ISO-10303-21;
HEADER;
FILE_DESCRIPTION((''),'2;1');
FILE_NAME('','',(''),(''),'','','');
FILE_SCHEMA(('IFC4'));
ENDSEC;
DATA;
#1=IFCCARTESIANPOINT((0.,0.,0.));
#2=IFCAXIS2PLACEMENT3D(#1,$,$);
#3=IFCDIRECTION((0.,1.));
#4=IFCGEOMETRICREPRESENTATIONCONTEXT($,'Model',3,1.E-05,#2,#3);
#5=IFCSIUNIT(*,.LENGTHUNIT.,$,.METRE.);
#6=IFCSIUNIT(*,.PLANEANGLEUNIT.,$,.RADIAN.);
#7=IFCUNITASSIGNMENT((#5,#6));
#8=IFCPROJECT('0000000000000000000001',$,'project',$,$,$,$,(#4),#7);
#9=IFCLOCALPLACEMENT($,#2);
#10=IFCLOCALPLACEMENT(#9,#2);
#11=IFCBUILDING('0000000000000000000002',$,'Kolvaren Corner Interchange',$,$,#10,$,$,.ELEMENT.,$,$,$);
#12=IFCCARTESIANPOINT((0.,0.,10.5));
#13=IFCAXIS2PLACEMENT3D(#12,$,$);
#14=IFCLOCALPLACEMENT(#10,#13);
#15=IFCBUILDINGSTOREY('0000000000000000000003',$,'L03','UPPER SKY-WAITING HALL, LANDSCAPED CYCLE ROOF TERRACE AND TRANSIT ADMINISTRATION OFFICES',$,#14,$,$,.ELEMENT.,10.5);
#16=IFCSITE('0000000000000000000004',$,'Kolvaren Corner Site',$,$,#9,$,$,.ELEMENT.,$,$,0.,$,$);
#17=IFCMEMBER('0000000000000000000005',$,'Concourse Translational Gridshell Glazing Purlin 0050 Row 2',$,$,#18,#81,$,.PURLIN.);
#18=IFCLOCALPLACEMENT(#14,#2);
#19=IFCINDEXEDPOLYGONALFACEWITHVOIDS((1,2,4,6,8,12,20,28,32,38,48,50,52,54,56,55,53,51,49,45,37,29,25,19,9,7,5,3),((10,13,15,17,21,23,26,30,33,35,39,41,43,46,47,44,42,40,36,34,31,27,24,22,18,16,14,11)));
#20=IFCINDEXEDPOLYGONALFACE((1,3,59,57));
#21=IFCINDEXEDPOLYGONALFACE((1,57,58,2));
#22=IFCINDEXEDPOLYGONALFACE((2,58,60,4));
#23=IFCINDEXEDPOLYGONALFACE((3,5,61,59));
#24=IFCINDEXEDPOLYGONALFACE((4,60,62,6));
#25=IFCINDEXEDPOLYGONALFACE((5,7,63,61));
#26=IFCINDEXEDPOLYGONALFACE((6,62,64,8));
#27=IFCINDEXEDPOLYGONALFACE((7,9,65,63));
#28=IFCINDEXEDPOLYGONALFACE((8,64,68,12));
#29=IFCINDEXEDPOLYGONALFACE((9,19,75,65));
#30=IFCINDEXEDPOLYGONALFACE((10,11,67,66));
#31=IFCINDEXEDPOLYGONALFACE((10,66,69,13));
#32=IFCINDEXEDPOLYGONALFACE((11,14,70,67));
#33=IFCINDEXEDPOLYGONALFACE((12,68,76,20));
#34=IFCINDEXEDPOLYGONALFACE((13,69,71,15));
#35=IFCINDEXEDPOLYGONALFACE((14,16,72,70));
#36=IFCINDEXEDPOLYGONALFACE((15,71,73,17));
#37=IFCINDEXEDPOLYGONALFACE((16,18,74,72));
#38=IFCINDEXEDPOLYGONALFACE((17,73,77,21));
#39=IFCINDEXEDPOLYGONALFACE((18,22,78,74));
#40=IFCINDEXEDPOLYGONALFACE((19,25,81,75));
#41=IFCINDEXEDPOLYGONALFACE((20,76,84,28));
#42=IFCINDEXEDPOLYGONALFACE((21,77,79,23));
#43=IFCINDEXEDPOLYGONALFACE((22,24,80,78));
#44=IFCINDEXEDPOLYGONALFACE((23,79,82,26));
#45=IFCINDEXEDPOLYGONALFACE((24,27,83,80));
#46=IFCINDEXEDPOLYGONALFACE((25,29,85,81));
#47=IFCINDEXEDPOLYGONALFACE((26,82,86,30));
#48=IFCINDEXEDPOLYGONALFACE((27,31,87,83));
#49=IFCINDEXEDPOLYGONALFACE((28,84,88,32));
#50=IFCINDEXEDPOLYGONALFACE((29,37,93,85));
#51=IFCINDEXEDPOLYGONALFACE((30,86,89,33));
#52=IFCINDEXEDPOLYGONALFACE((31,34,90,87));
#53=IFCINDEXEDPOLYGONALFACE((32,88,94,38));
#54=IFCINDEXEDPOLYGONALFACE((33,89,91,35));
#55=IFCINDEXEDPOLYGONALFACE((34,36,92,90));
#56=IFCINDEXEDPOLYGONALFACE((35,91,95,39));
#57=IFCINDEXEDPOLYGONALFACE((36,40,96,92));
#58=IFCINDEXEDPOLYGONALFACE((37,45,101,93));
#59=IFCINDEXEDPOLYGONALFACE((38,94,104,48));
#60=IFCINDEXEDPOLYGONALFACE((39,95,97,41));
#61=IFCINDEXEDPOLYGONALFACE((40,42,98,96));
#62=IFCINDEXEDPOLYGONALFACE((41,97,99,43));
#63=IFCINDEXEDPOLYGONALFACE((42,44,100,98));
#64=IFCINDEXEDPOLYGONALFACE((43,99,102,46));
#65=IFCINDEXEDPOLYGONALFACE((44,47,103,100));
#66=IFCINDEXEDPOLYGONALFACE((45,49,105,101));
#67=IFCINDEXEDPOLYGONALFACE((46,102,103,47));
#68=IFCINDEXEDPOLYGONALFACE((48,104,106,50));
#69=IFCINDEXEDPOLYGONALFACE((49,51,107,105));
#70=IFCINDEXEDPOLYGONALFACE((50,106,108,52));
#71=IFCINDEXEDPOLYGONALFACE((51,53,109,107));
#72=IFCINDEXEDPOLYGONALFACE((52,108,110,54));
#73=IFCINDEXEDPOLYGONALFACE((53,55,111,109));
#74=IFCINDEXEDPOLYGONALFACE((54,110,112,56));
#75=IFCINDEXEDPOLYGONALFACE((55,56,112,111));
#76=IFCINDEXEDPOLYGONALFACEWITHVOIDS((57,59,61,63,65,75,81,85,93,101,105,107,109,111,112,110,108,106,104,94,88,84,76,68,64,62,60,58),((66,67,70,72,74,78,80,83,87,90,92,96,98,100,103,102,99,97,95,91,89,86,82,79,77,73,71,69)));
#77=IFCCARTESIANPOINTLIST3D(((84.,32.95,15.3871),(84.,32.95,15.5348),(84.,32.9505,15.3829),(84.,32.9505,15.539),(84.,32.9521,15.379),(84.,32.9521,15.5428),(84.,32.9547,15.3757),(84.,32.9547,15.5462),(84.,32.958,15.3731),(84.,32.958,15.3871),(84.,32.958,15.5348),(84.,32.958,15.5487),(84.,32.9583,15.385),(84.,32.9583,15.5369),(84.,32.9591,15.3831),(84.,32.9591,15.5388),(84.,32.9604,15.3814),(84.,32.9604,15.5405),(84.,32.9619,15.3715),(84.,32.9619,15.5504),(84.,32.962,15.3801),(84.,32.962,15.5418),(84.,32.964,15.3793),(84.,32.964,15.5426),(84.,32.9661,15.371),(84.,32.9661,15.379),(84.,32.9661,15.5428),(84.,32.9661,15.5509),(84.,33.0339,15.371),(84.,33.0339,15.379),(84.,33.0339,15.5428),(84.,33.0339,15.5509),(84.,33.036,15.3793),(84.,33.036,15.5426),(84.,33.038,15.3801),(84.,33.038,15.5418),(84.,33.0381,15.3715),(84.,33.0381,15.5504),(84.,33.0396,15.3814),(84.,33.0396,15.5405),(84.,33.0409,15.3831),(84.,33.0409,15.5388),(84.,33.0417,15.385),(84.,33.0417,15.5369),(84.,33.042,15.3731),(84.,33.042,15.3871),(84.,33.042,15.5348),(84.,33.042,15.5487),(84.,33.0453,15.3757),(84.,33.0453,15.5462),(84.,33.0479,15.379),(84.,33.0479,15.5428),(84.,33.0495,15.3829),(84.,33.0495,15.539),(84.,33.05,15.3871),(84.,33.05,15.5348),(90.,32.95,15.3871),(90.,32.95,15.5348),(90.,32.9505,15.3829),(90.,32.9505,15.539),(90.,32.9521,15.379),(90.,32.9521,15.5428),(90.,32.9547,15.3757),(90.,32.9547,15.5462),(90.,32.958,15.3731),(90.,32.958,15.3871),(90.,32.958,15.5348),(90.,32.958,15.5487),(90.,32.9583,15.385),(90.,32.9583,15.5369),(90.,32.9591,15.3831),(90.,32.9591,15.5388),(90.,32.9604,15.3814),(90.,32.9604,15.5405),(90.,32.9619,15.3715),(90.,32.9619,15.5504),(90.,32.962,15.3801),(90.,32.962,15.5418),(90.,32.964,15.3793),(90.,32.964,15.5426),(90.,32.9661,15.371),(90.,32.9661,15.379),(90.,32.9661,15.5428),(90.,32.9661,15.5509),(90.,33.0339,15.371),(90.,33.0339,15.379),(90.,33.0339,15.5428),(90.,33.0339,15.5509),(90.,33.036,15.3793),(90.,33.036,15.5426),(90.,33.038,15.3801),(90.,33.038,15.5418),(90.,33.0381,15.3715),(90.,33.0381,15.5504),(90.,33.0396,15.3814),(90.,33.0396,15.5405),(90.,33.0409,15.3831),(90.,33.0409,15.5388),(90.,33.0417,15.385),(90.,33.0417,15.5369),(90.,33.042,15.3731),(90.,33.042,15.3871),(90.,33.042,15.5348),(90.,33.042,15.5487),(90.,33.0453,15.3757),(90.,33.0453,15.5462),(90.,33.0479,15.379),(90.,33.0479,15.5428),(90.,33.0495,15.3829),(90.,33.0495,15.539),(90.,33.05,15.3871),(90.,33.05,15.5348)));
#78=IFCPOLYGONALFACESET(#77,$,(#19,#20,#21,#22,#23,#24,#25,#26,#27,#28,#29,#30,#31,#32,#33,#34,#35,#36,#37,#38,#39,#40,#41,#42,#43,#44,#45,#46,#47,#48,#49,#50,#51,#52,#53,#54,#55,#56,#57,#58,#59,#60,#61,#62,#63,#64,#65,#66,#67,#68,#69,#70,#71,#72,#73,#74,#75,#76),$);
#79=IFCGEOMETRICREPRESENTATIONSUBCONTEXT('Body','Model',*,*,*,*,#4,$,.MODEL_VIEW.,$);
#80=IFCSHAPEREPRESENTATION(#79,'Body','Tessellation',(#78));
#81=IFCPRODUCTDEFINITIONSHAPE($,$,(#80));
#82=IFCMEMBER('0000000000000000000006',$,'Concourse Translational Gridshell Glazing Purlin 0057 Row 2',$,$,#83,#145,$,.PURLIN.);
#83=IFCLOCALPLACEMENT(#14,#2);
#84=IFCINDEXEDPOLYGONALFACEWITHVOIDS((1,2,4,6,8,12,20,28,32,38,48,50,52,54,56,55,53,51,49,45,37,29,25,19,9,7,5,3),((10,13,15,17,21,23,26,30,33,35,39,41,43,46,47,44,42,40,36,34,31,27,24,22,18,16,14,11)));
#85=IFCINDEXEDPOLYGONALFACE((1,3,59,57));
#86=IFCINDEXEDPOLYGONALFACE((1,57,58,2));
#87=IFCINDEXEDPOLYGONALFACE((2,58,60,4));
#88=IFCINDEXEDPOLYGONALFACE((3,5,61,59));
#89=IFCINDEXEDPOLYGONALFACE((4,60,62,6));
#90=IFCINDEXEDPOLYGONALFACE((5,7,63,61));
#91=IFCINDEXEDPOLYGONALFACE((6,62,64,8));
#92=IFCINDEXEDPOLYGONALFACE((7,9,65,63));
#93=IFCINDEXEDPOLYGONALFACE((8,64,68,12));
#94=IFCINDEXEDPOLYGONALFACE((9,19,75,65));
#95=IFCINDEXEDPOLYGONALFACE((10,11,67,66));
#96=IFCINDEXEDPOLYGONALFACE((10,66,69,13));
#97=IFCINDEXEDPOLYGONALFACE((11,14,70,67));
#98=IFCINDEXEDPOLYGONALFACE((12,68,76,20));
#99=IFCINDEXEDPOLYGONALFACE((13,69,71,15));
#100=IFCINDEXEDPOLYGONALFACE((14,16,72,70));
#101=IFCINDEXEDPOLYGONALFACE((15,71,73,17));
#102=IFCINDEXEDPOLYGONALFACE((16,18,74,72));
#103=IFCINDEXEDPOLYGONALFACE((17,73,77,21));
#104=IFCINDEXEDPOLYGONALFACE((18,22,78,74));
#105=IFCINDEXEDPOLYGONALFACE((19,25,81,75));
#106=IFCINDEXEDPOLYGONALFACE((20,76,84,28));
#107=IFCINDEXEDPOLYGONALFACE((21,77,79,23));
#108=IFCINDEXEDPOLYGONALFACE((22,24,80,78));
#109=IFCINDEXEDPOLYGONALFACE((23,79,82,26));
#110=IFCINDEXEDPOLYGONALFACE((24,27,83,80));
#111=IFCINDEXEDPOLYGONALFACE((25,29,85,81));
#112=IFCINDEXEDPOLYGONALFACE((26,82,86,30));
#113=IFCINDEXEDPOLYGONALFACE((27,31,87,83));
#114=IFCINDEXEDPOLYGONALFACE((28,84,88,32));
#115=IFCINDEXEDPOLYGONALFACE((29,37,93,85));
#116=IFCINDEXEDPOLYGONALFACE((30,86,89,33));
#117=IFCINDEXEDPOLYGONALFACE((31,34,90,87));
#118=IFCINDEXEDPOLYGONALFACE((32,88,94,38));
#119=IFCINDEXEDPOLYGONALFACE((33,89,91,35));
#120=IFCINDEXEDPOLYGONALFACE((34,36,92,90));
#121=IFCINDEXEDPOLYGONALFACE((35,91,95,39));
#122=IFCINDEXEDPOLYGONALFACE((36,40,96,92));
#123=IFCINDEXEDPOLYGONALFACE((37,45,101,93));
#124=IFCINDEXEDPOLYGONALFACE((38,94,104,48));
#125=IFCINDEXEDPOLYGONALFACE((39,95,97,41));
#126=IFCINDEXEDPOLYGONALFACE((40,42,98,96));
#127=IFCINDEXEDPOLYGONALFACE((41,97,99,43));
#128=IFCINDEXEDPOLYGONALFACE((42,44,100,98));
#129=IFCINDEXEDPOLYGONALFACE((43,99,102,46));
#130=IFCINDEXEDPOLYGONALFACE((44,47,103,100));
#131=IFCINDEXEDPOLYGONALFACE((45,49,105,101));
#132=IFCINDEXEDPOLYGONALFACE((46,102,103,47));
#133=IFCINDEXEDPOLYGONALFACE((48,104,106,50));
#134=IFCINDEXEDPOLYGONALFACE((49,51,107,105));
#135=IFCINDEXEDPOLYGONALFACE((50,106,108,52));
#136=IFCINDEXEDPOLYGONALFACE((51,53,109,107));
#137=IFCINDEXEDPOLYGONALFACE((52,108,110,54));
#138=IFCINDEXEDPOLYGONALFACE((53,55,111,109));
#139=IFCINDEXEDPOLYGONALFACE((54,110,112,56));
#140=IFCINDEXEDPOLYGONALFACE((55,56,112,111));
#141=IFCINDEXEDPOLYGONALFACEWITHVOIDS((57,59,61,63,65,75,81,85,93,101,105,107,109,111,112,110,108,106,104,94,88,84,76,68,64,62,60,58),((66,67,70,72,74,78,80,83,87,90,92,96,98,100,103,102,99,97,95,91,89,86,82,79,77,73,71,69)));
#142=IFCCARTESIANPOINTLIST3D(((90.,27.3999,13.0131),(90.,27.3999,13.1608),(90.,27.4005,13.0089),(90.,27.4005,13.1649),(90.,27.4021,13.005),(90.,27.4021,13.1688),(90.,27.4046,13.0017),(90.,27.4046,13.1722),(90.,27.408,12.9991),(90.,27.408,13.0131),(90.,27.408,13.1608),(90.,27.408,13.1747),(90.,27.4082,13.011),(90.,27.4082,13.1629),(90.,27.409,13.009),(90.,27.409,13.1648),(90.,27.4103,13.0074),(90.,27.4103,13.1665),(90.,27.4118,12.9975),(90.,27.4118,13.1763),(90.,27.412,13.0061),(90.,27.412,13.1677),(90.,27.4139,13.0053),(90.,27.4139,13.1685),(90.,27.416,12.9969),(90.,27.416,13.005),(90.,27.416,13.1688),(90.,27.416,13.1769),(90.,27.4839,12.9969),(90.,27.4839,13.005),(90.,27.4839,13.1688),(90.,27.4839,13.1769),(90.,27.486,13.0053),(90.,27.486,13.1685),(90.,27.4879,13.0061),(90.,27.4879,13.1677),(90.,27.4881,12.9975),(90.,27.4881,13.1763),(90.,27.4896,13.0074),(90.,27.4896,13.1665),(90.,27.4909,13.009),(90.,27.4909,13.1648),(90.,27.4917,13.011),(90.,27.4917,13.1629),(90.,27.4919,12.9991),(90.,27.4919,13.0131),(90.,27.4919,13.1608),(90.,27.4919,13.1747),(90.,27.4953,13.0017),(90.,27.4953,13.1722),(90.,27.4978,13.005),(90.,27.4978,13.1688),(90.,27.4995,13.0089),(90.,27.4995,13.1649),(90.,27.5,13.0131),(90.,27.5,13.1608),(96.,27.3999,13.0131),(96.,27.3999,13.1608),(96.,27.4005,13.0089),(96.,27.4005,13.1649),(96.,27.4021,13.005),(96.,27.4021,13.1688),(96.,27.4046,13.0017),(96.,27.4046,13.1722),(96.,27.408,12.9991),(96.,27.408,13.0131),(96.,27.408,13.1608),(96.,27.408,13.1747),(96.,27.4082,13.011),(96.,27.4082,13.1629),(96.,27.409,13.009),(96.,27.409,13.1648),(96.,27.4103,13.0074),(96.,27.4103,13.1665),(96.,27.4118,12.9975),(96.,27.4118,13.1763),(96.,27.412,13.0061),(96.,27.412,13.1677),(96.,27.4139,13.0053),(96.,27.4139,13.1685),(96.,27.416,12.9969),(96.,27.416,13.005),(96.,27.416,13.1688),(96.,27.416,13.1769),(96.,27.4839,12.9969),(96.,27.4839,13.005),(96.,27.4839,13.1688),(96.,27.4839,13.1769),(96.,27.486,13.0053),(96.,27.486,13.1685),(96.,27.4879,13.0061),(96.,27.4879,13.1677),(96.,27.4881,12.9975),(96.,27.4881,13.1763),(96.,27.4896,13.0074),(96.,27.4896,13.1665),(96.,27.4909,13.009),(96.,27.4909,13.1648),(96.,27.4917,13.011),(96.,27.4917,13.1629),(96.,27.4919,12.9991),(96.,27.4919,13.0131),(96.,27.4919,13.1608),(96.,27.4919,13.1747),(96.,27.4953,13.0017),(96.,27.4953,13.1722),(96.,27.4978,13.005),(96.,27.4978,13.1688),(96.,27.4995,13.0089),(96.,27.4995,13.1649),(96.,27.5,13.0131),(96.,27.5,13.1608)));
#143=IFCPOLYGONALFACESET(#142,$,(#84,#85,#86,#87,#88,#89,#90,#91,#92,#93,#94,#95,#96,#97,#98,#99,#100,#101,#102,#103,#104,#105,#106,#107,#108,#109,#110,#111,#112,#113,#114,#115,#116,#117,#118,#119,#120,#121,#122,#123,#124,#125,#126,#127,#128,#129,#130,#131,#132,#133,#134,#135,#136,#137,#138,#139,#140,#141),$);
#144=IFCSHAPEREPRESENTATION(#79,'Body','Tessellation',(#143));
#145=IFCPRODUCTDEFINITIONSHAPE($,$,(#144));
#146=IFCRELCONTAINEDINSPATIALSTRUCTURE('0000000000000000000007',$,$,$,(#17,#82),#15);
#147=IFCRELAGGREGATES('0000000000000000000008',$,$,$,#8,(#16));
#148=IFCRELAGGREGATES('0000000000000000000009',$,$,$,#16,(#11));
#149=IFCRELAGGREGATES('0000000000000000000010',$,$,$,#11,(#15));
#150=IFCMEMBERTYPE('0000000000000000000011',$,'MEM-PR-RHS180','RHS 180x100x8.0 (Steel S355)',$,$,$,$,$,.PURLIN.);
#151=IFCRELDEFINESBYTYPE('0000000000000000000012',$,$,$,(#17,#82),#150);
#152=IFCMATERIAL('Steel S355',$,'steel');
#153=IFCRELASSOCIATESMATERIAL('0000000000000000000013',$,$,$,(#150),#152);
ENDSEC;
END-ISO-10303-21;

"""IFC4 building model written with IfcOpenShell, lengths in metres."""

from ifc_helpers import new_model, si_unit, direction, frame, origin, origin_2d, place, context, subcontext, project, spatial, hollow_rectangle, extrude, material, material_profile, profile_set, type_object, element, save


model = new_model("IFC4")

# Units and contexts
model_context = context("Model", 3, precision=1e-05, world=origin(), true_north=direction((0.0, 1.0)))
body_context = subcontext(model_context, "Body", "Model", "MODEL_VIEW")
ifc_project = project(units=[si_unit("LENGTHUNIT", "METRE"), si_unit("PLANEANGLEUNIT", "RADIAN")], contexts=[model_context])

# Site, building, storey
site_placement = place(None, origin())
site = spatial("IfcSite", under=ifc_project, at=site_placement, Name="Kolvaren Corner Site", CompositionType="ELEMENT", RefElevation=0.0)
building_placement = place(site_placement, origin())
building = spatial("IfcBuilding", under=site, at=building_placement, Name="Kolvaren Corner Interchange", CompositionType="ELEMENT")
storey_placement = place(building_placement, frame((0.0, 0.0, 10.5)))
storey = spatial("IfcBuildingStorey", under=building, at=storey_placement, Name="L03", Description="UPPER SKY-WAITING HALL, LANDSCAPED CYCLE ROOF TERRACE AND TRANSIT ADMINISTRATION OFFICES", CompositionType="ELEMENT", Elevation=10.5)

# Members
ifc_material_1 = material(Name="Steel S355", Category="steel")
ifc_material_profile_1 = material_profile(ifc_material_1, hollow_rectangle(XDim=0.1001, YDim=0.1799, WallThickness=0.0081, InnerFilletRadius=0.0081, OuterFilletRadius=0.0161, at=origin_2d()), Name="RHS 180x100x8.0")
ifc_profile_set_1 = profile_set([ifc_material_profile_1], Name="Steel S355")
member_type_1 = type_object("IfcMemberType", Name="MEM-PR-RHS180", Description="RHS 180x100x8.0 (Steel S355)", PredefinedType="PURLIN", material=ifc_profile_set_1)
for number, where, z_axis, x_axis, name in (
    (1, (84.0, 33.0, 15.4609), (1.0, 0.0, 0.0), (0.0, 1.0, 0.0), "Concourse Translational Gridshell Glazing Purlin 0050 Row 2"),
    (2, (90.0, 27.45, 13.0869), (1.0, 0.0, 0.0), (0.0, 1.0, 0.0), "Concourse Translational Gridshell Glazing Purlin 0057 Row 2"),
):
    element("IfcMember", number, at=place(storey_placement, frame(where, z_axis=z_axis, x_axis=x_axis)), inside=storey, type_object=member_type_1, Name=name, PredefinedType="PURLIN", context=body_context, shape_type="SweptSolid", body=[
        extrude(hollow_rectangle(XDim=0.1001, YDim=0.1799, WallThickness=0.0081, InnerFilletRadius=0.0081, OuterFilletRadius=0.0161, at=origin_2d()), origin(), (0.0, 0.0, 1.0), 6.0),
    ])

save(model, "model.ifc")
